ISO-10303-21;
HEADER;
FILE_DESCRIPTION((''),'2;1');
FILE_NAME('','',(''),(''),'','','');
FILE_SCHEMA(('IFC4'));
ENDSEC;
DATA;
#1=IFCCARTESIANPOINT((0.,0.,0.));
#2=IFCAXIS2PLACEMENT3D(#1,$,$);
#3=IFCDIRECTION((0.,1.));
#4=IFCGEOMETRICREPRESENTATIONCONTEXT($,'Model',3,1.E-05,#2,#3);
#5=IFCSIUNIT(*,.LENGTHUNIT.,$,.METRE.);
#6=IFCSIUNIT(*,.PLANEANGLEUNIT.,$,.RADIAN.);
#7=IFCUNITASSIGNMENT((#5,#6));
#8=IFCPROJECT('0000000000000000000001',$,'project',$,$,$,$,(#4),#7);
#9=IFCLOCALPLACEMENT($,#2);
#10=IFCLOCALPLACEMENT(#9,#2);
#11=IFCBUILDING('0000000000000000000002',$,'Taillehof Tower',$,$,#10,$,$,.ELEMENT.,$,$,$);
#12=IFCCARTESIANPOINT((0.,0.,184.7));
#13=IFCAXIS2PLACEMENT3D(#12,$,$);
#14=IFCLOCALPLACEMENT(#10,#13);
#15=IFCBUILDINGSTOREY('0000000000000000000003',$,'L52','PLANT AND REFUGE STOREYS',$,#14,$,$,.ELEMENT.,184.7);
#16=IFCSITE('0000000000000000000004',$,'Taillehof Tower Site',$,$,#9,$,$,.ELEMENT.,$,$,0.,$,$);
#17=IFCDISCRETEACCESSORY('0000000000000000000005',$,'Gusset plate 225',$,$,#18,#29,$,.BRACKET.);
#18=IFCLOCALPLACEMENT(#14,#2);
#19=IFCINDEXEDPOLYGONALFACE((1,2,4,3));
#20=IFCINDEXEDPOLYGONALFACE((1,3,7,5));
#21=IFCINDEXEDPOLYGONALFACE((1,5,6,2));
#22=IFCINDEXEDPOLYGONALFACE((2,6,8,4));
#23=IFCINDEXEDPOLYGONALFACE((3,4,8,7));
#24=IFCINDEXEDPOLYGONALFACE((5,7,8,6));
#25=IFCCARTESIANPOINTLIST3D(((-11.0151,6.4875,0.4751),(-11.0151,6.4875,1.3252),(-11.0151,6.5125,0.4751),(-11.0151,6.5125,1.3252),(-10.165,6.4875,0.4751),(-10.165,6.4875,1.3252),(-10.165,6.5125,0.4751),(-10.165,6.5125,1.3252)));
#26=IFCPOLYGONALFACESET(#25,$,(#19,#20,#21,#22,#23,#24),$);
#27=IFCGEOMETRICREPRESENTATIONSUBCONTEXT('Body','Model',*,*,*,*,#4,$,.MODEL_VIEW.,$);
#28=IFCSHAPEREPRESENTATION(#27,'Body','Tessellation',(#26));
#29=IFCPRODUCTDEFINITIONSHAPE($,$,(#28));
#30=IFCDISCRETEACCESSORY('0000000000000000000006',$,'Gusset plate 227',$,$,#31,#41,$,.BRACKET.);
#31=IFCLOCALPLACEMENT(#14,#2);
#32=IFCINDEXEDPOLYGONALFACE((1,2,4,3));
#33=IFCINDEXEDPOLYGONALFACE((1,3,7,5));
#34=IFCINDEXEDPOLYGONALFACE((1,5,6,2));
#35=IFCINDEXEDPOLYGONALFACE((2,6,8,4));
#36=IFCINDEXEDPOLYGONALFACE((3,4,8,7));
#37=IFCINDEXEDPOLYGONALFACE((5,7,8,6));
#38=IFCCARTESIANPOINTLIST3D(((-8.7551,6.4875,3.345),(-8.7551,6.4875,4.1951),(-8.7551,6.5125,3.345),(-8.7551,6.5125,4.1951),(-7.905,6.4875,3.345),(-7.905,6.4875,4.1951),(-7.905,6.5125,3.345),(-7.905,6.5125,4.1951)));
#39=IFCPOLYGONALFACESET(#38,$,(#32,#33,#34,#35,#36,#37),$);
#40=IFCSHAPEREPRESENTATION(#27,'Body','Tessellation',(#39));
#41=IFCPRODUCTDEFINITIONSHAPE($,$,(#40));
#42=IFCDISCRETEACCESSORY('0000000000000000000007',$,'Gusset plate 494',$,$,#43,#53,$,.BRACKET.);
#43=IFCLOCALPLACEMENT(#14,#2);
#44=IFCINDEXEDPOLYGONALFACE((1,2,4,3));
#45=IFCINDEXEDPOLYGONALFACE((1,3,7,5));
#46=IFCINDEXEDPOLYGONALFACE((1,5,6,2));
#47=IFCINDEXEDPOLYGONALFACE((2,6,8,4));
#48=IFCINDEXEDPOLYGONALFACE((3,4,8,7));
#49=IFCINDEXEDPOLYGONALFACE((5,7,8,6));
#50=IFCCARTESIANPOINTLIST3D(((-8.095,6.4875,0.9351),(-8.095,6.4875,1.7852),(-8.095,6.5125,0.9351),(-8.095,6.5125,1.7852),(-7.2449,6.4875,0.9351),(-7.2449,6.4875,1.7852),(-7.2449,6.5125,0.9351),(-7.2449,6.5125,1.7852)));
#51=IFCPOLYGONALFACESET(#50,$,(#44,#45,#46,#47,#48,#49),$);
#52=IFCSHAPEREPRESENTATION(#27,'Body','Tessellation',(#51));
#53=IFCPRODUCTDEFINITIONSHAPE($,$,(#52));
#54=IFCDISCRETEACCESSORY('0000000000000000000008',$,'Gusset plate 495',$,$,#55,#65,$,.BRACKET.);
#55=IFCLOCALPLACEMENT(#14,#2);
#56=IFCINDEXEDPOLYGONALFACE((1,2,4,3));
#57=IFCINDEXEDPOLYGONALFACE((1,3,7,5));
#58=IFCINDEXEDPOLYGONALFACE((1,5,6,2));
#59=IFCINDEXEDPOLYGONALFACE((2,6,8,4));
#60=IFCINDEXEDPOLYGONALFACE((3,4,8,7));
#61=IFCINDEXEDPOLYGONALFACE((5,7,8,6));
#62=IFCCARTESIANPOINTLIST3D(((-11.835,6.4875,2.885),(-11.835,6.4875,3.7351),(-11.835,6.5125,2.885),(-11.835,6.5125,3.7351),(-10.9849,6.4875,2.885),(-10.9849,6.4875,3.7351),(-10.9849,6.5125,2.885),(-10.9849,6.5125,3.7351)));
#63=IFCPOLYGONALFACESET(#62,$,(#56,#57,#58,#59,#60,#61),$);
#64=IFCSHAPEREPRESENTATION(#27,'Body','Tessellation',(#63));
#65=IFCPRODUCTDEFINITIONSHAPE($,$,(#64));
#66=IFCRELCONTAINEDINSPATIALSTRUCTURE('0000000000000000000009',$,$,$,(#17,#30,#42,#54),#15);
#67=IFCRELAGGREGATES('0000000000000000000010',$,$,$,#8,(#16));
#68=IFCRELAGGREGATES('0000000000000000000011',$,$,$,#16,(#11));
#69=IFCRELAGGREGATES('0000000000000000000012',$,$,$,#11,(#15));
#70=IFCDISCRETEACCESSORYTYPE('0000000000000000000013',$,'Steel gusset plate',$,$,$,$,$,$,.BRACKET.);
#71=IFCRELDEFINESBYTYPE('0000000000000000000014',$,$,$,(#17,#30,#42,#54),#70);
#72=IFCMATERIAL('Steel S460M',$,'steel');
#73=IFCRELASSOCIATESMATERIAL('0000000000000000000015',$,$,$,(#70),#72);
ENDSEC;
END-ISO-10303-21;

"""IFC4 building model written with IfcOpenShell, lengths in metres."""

from ifc_helpers import new_model, si_unit, direction, frame, origin, origin_2d, place, context, subcontext, project, spatial, rectangle, extrude, material, type_object, element, save


model = new_model("IFC4")

# Units and contexts
model_context = context("Model", 3, precision=1e-05, world=origin(), true_north=direction((0.0, 1.0)))
body_context = subcontext(model_context, "Body", "Model", "MODEL_VIEW")
ifc_project = project(units=[si_unit("LENGTHUNIT", "METRE"), si_unit("PLANEANGLEUNIT", "RADIAN")], contexts=[model_context])

# Site, building, storey
site_placement = place(None, origin())
site = spatial("IfcSite", under=ifc_project, at=site_placement, Name="Taillehof Tower Site", CompositionType="ELEMENT", RefElevation=0.0)
building_placement = place(site_placement, origin())
building = spatial("IfcBuilding", under=site, at=building_placement, Name="Taillehof Tower", CompositionType="ELEMENT")
storey_placement = place(building_placement, frame((0.0, 0.0, 184.7)))
storey = spatial("IfcBuildingStorey", under=building, at=storey_placement, Name="L52", Description="PLANT AND REFUGE STOREYS", CompositionType="ELEMENT", Elevation=184.7)

# Discrete accessories
ifc_material_1 = material(Name="Steel S460M", Category="steel")
discrete_accessory_type = type_object("IfcDiscreteAccessoryType", Name="Steel gusset plate", PredefinedType="BRACKET", material=ifc_material_1)
for number, where, z_axis, x_axis, name in (
    (1, (-10.5901, 6.5, 0.4751), (0.0, 0.0, 1.0), (-1.0, 0.0, 0.0), "Gusset plate 225"),
    (2, (-8.3301, 6.5, 3.345), (0.0, 0.0, 1.0), (-1.0, 0.0, 0.0), "Gusset plate 227"),
    (3, (-7.6699, 6.5, 0.9351), (0.0, 0.0, 1.0), (-1.0, 0.0, 0.0), "Gusset plate 494"),
    (4, (-11.4099, 6.5, 2.885), (0.0, 0.0, 1.0), (-1.0, 0.0, 0.0), "Gusset plate 495"),
):
    element("IfcDiscreteAccessory", number, at=place(storey_placement, frame(where, z_axis=z_axis, x_axis=x_axis)), inside=storey, type_object=discrete_accessory_type, Name=name, PredefinedType="BRACKET", context=body_context, shape_type="SweptSolid", body=[
        extrude(rectangle(XDim=0.8501, YDim=0.0249, at=origin_2d()), origin(), (0.0, 0.0, 1.0), 0.8501),
    ])

save(model, "model.ifc")
